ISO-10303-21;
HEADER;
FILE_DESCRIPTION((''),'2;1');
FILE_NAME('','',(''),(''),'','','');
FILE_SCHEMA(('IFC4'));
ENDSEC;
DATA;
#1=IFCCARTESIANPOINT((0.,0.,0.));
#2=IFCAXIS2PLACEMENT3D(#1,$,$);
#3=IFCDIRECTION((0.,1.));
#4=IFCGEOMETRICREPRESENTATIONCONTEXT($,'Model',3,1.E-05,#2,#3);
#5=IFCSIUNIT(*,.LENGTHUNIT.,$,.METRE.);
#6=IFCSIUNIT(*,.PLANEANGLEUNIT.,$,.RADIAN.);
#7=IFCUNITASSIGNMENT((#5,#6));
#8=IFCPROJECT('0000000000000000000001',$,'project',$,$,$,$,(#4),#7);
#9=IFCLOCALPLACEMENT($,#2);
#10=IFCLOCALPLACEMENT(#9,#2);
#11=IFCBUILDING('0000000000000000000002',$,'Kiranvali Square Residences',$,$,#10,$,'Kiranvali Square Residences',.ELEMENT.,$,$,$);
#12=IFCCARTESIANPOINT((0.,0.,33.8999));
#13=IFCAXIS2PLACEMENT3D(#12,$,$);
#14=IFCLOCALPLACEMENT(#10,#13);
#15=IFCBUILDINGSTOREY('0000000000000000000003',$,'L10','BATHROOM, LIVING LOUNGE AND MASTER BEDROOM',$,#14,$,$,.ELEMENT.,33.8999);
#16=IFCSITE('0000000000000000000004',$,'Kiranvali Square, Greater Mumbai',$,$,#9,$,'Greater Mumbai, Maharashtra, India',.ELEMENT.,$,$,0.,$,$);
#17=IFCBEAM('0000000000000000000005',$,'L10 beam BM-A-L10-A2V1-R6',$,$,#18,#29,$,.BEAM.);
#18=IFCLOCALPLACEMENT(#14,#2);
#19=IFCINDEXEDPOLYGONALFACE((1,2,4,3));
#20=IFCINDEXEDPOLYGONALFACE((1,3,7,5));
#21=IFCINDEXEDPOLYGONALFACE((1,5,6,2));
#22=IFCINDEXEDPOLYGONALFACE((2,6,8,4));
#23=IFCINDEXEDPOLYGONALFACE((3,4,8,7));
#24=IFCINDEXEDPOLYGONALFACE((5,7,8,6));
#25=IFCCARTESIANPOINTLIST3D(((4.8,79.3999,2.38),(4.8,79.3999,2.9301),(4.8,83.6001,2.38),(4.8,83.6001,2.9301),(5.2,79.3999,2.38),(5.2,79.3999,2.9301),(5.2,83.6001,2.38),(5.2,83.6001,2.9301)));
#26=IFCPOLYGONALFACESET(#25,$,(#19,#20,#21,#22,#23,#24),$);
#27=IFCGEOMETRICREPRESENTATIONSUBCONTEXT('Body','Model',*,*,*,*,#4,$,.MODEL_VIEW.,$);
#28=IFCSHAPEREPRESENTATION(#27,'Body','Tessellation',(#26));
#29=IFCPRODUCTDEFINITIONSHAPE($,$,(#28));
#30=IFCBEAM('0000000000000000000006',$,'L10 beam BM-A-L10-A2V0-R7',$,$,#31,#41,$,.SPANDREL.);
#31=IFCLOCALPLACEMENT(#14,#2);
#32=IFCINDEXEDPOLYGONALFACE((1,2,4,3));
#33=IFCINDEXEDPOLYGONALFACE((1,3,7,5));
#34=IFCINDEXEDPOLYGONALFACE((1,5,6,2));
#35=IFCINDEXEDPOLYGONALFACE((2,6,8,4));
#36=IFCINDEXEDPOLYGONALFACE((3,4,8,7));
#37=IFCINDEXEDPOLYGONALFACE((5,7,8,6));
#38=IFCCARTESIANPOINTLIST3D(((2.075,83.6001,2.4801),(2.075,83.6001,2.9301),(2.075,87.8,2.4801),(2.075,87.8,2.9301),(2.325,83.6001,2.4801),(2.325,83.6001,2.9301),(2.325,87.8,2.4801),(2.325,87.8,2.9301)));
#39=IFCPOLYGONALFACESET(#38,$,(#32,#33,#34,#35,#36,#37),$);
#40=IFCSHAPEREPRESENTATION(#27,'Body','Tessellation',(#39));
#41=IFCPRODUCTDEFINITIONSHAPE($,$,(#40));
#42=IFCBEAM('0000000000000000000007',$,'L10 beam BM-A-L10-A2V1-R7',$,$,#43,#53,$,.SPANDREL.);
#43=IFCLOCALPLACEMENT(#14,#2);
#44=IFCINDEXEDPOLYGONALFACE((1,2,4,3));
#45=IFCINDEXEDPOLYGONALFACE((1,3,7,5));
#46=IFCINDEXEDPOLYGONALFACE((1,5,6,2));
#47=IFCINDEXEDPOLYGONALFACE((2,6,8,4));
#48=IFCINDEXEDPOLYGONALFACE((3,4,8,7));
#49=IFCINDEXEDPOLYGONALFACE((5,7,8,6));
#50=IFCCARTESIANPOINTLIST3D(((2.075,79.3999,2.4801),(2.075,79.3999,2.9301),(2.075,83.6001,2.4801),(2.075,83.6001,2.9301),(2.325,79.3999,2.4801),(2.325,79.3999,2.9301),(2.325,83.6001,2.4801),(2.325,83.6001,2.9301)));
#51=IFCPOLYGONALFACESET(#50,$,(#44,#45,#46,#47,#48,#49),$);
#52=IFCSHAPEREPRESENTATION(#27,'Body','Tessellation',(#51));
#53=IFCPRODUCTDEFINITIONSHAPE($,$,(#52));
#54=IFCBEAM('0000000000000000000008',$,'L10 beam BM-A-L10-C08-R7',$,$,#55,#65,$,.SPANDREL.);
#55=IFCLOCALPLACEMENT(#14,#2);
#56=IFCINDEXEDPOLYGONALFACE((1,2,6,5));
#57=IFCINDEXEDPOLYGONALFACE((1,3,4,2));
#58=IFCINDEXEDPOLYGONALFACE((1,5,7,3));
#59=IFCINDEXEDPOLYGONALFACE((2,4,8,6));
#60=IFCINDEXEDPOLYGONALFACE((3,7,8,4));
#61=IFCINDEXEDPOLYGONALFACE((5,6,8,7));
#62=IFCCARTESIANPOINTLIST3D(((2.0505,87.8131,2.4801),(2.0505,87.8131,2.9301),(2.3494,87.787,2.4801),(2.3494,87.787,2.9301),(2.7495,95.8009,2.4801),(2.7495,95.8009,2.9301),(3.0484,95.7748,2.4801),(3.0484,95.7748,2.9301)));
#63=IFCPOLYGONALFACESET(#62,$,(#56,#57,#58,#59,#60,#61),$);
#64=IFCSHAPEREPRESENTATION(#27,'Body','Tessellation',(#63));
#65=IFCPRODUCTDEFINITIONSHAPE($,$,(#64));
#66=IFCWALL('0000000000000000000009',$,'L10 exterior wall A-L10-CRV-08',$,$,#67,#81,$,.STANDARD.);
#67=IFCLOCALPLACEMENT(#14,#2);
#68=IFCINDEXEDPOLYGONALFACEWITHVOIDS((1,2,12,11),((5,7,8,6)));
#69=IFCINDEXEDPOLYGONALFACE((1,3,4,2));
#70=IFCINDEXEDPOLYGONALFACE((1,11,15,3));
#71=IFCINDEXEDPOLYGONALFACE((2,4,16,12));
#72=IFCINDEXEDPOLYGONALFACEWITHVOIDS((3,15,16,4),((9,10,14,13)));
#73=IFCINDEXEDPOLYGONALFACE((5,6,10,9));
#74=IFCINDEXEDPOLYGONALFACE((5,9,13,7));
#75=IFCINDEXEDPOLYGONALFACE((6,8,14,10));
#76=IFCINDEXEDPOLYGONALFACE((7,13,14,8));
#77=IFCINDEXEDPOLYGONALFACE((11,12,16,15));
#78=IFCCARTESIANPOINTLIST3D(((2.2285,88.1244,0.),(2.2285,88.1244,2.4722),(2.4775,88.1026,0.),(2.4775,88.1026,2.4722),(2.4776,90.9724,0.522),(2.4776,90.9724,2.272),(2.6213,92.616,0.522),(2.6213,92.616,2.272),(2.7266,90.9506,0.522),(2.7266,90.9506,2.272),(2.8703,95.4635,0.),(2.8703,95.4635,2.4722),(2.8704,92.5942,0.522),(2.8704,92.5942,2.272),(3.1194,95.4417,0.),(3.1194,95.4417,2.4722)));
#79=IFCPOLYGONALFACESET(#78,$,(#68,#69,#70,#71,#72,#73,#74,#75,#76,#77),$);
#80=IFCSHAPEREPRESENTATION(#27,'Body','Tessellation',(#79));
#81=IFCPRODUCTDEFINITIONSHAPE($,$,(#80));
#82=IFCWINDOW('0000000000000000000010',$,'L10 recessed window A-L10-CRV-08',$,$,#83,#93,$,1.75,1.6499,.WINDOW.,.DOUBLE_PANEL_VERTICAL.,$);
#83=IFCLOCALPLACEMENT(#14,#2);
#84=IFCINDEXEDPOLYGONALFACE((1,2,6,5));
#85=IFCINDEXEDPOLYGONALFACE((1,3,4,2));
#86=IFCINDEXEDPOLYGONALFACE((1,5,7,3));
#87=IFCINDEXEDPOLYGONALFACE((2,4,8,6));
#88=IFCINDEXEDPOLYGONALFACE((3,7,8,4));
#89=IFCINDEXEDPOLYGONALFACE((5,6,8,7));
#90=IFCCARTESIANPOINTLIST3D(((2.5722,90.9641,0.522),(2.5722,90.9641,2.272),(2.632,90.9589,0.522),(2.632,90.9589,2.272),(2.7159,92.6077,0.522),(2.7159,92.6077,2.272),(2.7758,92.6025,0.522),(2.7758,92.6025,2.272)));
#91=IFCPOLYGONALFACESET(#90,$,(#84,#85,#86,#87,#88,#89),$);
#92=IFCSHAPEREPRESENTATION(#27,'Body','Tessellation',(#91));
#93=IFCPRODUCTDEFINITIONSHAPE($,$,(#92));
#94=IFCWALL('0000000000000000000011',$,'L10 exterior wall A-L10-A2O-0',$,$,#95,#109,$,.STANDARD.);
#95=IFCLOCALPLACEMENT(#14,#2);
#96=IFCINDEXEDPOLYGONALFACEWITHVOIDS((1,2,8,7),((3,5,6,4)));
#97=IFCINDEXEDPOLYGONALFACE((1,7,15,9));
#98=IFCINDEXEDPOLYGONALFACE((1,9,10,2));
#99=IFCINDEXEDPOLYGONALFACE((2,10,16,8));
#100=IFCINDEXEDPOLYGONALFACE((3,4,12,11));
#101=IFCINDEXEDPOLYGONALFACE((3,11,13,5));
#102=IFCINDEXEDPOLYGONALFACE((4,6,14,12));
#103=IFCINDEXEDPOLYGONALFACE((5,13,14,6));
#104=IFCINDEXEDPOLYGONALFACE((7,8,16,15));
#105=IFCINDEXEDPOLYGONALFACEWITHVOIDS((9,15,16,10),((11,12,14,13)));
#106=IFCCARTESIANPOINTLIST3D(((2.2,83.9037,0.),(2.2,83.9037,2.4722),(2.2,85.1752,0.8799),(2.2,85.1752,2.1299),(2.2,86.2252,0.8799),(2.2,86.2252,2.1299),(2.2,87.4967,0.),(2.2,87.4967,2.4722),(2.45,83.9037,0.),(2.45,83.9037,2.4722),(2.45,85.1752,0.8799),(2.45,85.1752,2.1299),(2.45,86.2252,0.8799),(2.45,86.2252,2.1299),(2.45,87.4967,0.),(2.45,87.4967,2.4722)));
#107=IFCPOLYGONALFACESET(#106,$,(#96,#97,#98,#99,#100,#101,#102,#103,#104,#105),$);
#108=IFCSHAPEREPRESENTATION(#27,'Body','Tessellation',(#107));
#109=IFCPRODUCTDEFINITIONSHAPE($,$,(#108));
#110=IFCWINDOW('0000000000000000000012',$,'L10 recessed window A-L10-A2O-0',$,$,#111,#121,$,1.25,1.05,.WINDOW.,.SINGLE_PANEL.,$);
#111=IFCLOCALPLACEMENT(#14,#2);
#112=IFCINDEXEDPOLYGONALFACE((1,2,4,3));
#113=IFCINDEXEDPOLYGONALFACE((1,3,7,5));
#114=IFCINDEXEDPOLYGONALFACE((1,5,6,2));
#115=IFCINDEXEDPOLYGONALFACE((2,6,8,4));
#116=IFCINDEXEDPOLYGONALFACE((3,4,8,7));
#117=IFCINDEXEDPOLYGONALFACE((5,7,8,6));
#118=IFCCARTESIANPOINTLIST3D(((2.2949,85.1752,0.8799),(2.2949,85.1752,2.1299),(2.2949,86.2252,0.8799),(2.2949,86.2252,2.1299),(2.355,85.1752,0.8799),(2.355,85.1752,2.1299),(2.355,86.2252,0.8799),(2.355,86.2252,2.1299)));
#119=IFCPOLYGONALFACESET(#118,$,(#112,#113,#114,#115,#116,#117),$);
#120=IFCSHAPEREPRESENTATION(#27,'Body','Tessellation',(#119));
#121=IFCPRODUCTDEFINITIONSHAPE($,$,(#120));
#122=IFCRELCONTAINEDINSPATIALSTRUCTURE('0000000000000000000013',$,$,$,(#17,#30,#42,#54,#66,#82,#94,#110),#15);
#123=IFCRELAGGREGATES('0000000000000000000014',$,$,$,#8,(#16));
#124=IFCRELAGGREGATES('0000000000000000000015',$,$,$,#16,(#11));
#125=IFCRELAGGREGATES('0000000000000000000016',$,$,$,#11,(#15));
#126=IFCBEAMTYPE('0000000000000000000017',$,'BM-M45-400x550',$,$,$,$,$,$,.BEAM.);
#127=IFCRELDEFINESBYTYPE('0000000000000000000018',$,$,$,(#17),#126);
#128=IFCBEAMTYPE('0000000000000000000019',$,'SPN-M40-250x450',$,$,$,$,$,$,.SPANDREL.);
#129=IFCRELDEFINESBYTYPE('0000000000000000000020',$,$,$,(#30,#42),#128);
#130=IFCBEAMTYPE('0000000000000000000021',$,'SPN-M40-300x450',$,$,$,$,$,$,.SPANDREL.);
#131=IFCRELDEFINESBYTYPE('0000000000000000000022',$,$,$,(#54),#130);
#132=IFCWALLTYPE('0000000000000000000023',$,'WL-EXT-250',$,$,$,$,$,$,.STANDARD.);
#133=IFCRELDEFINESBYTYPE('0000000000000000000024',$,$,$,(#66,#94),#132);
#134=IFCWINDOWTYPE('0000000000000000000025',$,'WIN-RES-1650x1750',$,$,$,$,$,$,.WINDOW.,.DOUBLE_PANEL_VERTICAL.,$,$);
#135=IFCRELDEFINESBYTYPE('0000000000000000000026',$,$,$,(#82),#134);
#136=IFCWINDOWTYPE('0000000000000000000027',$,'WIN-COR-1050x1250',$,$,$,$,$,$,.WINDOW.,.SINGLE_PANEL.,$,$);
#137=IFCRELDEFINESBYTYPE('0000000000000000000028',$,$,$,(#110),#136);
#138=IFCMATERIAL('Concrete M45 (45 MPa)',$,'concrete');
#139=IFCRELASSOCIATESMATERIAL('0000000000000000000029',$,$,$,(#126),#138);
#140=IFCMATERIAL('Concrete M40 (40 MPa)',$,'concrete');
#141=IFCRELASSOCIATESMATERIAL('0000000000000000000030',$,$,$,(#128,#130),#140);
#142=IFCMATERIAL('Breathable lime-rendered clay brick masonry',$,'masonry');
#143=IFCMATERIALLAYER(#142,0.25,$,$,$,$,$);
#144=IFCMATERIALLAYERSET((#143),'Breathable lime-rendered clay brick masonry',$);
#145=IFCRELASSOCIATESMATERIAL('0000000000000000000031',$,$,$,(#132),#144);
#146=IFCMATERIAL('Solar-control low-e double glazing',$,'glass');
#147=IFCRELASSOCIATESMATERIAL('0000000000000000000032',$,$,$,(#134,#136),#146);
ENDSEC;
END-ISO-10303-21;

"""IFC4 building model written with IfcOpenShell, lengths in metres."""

from ifc_helpers import new_model, si_unit, direction, frame, frame_2d, origin, origin_2d, place, context, subcontext, project, spatial, rectangle, extrude, material, layer, layer_set, material_profile, profile_set, type_object, element, fill, save


model = new_model("IFC4")

# Units and contexts
model_context = context("Model", 3, precision=1e-05, world=origin(), true_north=direction((0.0, 1.0)))
body_context = subcontext(model_context, "Body", "Model", "MODEL_VIEW")
ifc_project = project(units=[si_unit("LENGTHUNIT", "METRE"), si_unit("PLANEANGLEUNIT", "RADIAN")], contexts=[model_context])

# Site, building, storey
site_placement = place(None, origin())
site = spatial("IfcSite", under=ifc_project, at=site_placement, Name="Kiranvali Square, Greater Mumbai", LongName="Greater Mumbai, Maharashtra, India", CompositionType="ELEMENT", RefElevation=0.0)
building_placement = place(site_placement, origin())
building = spatial("IfcBuilding", under=site, at=building_placement, Name="Kiranvali Square Residences", LongName="Kiranvali Square Residences", CompositionType="ELEMENT")
storey_placement = place(building_placement, frame((0.0, 0.0, 33.8999)))
storey = spatial("IfcBuildingStorey", under=building, at=storey_placement, Name="L10", Description="BATHROOM, LIVING LOUNGE AND MASTER BEDROOM", CompositionType="ELEMENT", Elevation=33.8999)

# Shared definitions
ifc_material_1 = material(Name="Concrete M40 (40 MPa)", Category="concrete")

# Beams
ifc_material_2 = material(Name="Concrete M45 (45 MPa)", Category="concrete")
ifc_material_profile_1 = material_profile(ifc_material_2, rectangle(XDim=0.3999, YDim=0.55, at=origin_2d()), Name="RC 400x550")
ifc_profile_set_1 = profile_set([ifc_material_profile_1], Name="Concrete M45 (45 MPa)")
beam_type_1 = type_object("IfcBeamType", Name="BM-M45-400x550", PredefinedType="BEAM", material=ifc_profile_set_1)
beam_1_placement = place(storey_placement, frame((5.0, 83.6001, 2.655), z_axis=(0.0, -1.0, 0.0), x_axis=(1.0, 0.0, 0.0)))
element("IfcBeam", 1, at=beam_1_placement, inside=storey, type_object=beam_type_1, Name="L10 beam BM-A-L10-A2V1-R6", PredefinedType="BEAM", context=body_context, shape_type="SweptSolid", body=[
    extrude(rectangle(XDim=0.3999, YDim=0.55, at=origin_2d()), origin(), (0.0, 0.0, 1.0), 4.2002),
])
ifc_material_profile_2 = material_profile(ifc_material_1, rectangle(XDim=0.25, YDim=0.45, at=origin_2d()), Name="RC 250x450")
ifc_profile_set_2 = profile_set([ifc_material_profile_2], Name="Concrete M40 (40 MPa)")
beam_type_2 = type_object("IfcBeamType", Name="SPN-M40-250x450", PredefinedType="SPANDREL", material=ifc_profile_set_2)
beam_2_placement = place(storey_placement, frame((2.2, 87.8, 2.7051), z_axis=(0.0, -1.0, 0.0), x_axis=(1.0, 0.0, 0.0)))
element("IfcBeam", 2, at=beam_2_placement, inside=storey, type_object=beam_type_2, Name="L10 beam BM-A-L10-A2V0-R7", PredefinedType="SPANDREL", context=body_context, shape_type="SweptSolid", body=[
    extrude(rectangle(XDim=0.25, YDim=0.45, at=origin_2d()), origin(), (0.0, 0.0, 1.0), 4.2),
])
beam_3_placement = place(storey_placement, frame((2.2, 83.6001, 2.7051), z_axis=(0.0, -1.0, 0.0), x_axis=(1.0, 0.0, 0.0)))
element("IfcBeam", 3, at=beam_3_placement, inside=storey, type_object=beam_type_2, Name="L10 beam BM-A-L10-A2V1-R7", PredefinedType="SPANDREL", context=body_context, shape_type="SweptSolid", body=[
    extrude(rectangle(XDim=0.25, YDim=0.45, at=origin_2d()), origin(), (0.0, 0.0, 1.0), 4.2002),
])
ifc_material_profile_3 = material_profile(ifc_material_1, rectangle(XDim=0.3, YDim=0.45, at=origin_2d()), Name="RC 300x450")
ifc_profile_set_3 = profile_set([ifc_material_profile_3], Name="Concrete M40 (40 MPa)")
beam_type_3 = type_object("IfcBeamType", Name="SPN-M40-300x450", PredefinedType="SPANDREL", material=ifc_profile_set_3)
beam_4_placement = place(storey_placement, frame((2.8989, 95.7878, 2.7051), z_axis=(-0.087172, -0.996193, 0.0), x_axis=(0.996193, -0.087172, 0.0)))
element("IfcBeam", 4, at=beam_4_placement, inside=storey, type_object=beam_type_3, Name="L10 beam BM-A-L10-C08-R7", PredefinedType="SPANDREL", context=body_context, shape_type="SweptSolid", body=[
    extrude(rectangle(XDim=0.3, YDim=0.45, at=origin_2d()), origin(), (0.0, 0.0, 1.0), 8.0183),
])

# Walls, openings, windows
ifc_material_3 = material(Name="Breathable lime-rendered clay brick masonry", Category="masonry")
ifc_layer = layer(ifc_material_3, 0.25)
ifc_layer_set = layer_set([ifc_layer], Name="Breathable lime-rendered clay brick masonry")
wall_type = type_object("IfcWallType", Name="WL-EXT-250", PredefinedType="STANDARD", material=ifc_layer_set)
wall_1_placement = place(storey_placement, frame((2.9949, 95.4526, 0.0), z_axis=(0.0, 0.0, 1.0), x_axis=(-0.087123, -0.996198, 0.0)))
wall_1 = element("IfcWall", 5, at=wall_1_placement, inside=storey, type_object=wall_type, Name="L10 exterior wall A-L10-CRV-08", PredefinedType="STANDARD", context=body_context, shape_type="SweptSolid", body=[
    extrude(rectangle(XDim=7.3672, YDim=0.25, at=frame_2d((3.6836, 0.0))), origin(), (0.0, 0.0, 1.0), 2.4722),
])
opening_1_placement = place(wall_1_placement, frame((2.8584, 0.0, 0.522)))
opening_1 = element("IfcOpeningElement", 6, at=opening_1_placement, cuts=wall_1, PredefinedType="OPENING", context=body_context, shape_type="SweptSolid", body=[
    extrude(rectangle(XDim=1.6499, YDim=1.75, at=frame_2d((0.825, 0.875))), frame((0.0, 0.135, 0.0), z_axis=(0.0, -1.0, 0.0), x_axis=(1.0, 0.0, 0.0)), (0.0, 0.0, 1.0), 0.27),
])
ifc_material_4 = material(Name="Solar-control low-e double glazing", Category="glass")
window_type_1 = type_object("IfcWindowType", Name="WIN-RES-1650x1750", PartitioningType="DOUBLE_PANEL_VERTICAL", PredefinedType="WINDOW", material=ifc_material_4)
window_1_placement = place(opening_1_placement, origin())
window_1 = element("IfcWindow", 7, at=window_1_placement, inside=storey, type_object=window_type_1, Name="L10 recessed window A-L10-CRV-08", OverallHeight=1.75, OverallWidth=1.6499, PartitioningType="DOUBLE_PANEL_VERTICAL", PredefinedType="WINDOW", context=body_context, shape_type="SweptSolid", body=[
    extrude(rectangle(XDim=1.6499, YDim=1.75, at=frame_2d((0.825, 0.875))), frame((0.0, 0.03, 0.0), z_axis=(0.0, -1.0, 0.0), x_axis=(1.0, 0.0, 0.0)), (0.0, 0.0, 1.0), 0.0601),
])
fill(opening_1, window_1)
wall_2_placement = place(storey_placement, frame((2.325, 87.4966, 0.0), z_axis=(0.0, 0.0, 1.0), x_axis=(0.0, -1.0, 0.0)))
wall_2 = element("IfcWall", 8, at=wall_2_placement, inside=storey, type_object=wall_type, Name="L10 exterior wall A-L10-A2O-0", PredefinedType="STANDARD", context=body_context, shape_type="SweptSolid", body=[
    extrude(rectangle(XDim=3.593, YDim=0.25, at=frame_2d((1.7964, 0.0))), origin(), (0.0, 0.0, 1.0), 2.4722),
])
opening_2_placement = place(wall_2_placement, frame((1.2715, 0.0, 0.8799)))
opening_2 = element("IfcOpeningElement", 9, at=opening_2_placement, cuts=wall_2, PredefinedType="OPENING", context=body_context, shape_type="SweptSolid", body=[
    extrude(rectangle(XDim=1.05, YDim=1.25, at=frame_2d((0.5249, 0.625))), frame((0.0, 0.135, 0.0), z_axis=(0.0, -1.0, 0.0), x_axis=(1.0, 0.0, 0.0)), (0.0, 0.0, 1.0), 0.27),
])
window_type_2 = type_object("IfcWindowType", Name="WIN-COR-1050x1250", PartitioningType="SINGLE_PANEL", PredefinedType="WINDOW", material=ifc_material_4)
window_2_placement = place(opening_2_placement, origin())
window_2 = element("IfcWindow", 10, at=window_2_placement, inside=storey, type_object=window_type_2, Name="L10 recessed window A-L10-A2O-0", OverallHeight=1.25, OverallWidth=1.05, PartitioningType="SINGLE_PANEL", PredefinedType="WINDOW", context=body_context, shape_type="SweptSolid", body=[
    extrude(rectangle(XDim=1.05, YDim=1.25, at=frame_2d((0.5249, 0.625))), frame((0.0, 0.03, 0.0), z_axis=(0.0, -1.0, 0.0), x_axis=(1.0, 0.0, 0.0)), (0.0, 0.0, 1.0), 0.0601),
])
fill(opening_2, window_2)

save(model, "model.ifc")
